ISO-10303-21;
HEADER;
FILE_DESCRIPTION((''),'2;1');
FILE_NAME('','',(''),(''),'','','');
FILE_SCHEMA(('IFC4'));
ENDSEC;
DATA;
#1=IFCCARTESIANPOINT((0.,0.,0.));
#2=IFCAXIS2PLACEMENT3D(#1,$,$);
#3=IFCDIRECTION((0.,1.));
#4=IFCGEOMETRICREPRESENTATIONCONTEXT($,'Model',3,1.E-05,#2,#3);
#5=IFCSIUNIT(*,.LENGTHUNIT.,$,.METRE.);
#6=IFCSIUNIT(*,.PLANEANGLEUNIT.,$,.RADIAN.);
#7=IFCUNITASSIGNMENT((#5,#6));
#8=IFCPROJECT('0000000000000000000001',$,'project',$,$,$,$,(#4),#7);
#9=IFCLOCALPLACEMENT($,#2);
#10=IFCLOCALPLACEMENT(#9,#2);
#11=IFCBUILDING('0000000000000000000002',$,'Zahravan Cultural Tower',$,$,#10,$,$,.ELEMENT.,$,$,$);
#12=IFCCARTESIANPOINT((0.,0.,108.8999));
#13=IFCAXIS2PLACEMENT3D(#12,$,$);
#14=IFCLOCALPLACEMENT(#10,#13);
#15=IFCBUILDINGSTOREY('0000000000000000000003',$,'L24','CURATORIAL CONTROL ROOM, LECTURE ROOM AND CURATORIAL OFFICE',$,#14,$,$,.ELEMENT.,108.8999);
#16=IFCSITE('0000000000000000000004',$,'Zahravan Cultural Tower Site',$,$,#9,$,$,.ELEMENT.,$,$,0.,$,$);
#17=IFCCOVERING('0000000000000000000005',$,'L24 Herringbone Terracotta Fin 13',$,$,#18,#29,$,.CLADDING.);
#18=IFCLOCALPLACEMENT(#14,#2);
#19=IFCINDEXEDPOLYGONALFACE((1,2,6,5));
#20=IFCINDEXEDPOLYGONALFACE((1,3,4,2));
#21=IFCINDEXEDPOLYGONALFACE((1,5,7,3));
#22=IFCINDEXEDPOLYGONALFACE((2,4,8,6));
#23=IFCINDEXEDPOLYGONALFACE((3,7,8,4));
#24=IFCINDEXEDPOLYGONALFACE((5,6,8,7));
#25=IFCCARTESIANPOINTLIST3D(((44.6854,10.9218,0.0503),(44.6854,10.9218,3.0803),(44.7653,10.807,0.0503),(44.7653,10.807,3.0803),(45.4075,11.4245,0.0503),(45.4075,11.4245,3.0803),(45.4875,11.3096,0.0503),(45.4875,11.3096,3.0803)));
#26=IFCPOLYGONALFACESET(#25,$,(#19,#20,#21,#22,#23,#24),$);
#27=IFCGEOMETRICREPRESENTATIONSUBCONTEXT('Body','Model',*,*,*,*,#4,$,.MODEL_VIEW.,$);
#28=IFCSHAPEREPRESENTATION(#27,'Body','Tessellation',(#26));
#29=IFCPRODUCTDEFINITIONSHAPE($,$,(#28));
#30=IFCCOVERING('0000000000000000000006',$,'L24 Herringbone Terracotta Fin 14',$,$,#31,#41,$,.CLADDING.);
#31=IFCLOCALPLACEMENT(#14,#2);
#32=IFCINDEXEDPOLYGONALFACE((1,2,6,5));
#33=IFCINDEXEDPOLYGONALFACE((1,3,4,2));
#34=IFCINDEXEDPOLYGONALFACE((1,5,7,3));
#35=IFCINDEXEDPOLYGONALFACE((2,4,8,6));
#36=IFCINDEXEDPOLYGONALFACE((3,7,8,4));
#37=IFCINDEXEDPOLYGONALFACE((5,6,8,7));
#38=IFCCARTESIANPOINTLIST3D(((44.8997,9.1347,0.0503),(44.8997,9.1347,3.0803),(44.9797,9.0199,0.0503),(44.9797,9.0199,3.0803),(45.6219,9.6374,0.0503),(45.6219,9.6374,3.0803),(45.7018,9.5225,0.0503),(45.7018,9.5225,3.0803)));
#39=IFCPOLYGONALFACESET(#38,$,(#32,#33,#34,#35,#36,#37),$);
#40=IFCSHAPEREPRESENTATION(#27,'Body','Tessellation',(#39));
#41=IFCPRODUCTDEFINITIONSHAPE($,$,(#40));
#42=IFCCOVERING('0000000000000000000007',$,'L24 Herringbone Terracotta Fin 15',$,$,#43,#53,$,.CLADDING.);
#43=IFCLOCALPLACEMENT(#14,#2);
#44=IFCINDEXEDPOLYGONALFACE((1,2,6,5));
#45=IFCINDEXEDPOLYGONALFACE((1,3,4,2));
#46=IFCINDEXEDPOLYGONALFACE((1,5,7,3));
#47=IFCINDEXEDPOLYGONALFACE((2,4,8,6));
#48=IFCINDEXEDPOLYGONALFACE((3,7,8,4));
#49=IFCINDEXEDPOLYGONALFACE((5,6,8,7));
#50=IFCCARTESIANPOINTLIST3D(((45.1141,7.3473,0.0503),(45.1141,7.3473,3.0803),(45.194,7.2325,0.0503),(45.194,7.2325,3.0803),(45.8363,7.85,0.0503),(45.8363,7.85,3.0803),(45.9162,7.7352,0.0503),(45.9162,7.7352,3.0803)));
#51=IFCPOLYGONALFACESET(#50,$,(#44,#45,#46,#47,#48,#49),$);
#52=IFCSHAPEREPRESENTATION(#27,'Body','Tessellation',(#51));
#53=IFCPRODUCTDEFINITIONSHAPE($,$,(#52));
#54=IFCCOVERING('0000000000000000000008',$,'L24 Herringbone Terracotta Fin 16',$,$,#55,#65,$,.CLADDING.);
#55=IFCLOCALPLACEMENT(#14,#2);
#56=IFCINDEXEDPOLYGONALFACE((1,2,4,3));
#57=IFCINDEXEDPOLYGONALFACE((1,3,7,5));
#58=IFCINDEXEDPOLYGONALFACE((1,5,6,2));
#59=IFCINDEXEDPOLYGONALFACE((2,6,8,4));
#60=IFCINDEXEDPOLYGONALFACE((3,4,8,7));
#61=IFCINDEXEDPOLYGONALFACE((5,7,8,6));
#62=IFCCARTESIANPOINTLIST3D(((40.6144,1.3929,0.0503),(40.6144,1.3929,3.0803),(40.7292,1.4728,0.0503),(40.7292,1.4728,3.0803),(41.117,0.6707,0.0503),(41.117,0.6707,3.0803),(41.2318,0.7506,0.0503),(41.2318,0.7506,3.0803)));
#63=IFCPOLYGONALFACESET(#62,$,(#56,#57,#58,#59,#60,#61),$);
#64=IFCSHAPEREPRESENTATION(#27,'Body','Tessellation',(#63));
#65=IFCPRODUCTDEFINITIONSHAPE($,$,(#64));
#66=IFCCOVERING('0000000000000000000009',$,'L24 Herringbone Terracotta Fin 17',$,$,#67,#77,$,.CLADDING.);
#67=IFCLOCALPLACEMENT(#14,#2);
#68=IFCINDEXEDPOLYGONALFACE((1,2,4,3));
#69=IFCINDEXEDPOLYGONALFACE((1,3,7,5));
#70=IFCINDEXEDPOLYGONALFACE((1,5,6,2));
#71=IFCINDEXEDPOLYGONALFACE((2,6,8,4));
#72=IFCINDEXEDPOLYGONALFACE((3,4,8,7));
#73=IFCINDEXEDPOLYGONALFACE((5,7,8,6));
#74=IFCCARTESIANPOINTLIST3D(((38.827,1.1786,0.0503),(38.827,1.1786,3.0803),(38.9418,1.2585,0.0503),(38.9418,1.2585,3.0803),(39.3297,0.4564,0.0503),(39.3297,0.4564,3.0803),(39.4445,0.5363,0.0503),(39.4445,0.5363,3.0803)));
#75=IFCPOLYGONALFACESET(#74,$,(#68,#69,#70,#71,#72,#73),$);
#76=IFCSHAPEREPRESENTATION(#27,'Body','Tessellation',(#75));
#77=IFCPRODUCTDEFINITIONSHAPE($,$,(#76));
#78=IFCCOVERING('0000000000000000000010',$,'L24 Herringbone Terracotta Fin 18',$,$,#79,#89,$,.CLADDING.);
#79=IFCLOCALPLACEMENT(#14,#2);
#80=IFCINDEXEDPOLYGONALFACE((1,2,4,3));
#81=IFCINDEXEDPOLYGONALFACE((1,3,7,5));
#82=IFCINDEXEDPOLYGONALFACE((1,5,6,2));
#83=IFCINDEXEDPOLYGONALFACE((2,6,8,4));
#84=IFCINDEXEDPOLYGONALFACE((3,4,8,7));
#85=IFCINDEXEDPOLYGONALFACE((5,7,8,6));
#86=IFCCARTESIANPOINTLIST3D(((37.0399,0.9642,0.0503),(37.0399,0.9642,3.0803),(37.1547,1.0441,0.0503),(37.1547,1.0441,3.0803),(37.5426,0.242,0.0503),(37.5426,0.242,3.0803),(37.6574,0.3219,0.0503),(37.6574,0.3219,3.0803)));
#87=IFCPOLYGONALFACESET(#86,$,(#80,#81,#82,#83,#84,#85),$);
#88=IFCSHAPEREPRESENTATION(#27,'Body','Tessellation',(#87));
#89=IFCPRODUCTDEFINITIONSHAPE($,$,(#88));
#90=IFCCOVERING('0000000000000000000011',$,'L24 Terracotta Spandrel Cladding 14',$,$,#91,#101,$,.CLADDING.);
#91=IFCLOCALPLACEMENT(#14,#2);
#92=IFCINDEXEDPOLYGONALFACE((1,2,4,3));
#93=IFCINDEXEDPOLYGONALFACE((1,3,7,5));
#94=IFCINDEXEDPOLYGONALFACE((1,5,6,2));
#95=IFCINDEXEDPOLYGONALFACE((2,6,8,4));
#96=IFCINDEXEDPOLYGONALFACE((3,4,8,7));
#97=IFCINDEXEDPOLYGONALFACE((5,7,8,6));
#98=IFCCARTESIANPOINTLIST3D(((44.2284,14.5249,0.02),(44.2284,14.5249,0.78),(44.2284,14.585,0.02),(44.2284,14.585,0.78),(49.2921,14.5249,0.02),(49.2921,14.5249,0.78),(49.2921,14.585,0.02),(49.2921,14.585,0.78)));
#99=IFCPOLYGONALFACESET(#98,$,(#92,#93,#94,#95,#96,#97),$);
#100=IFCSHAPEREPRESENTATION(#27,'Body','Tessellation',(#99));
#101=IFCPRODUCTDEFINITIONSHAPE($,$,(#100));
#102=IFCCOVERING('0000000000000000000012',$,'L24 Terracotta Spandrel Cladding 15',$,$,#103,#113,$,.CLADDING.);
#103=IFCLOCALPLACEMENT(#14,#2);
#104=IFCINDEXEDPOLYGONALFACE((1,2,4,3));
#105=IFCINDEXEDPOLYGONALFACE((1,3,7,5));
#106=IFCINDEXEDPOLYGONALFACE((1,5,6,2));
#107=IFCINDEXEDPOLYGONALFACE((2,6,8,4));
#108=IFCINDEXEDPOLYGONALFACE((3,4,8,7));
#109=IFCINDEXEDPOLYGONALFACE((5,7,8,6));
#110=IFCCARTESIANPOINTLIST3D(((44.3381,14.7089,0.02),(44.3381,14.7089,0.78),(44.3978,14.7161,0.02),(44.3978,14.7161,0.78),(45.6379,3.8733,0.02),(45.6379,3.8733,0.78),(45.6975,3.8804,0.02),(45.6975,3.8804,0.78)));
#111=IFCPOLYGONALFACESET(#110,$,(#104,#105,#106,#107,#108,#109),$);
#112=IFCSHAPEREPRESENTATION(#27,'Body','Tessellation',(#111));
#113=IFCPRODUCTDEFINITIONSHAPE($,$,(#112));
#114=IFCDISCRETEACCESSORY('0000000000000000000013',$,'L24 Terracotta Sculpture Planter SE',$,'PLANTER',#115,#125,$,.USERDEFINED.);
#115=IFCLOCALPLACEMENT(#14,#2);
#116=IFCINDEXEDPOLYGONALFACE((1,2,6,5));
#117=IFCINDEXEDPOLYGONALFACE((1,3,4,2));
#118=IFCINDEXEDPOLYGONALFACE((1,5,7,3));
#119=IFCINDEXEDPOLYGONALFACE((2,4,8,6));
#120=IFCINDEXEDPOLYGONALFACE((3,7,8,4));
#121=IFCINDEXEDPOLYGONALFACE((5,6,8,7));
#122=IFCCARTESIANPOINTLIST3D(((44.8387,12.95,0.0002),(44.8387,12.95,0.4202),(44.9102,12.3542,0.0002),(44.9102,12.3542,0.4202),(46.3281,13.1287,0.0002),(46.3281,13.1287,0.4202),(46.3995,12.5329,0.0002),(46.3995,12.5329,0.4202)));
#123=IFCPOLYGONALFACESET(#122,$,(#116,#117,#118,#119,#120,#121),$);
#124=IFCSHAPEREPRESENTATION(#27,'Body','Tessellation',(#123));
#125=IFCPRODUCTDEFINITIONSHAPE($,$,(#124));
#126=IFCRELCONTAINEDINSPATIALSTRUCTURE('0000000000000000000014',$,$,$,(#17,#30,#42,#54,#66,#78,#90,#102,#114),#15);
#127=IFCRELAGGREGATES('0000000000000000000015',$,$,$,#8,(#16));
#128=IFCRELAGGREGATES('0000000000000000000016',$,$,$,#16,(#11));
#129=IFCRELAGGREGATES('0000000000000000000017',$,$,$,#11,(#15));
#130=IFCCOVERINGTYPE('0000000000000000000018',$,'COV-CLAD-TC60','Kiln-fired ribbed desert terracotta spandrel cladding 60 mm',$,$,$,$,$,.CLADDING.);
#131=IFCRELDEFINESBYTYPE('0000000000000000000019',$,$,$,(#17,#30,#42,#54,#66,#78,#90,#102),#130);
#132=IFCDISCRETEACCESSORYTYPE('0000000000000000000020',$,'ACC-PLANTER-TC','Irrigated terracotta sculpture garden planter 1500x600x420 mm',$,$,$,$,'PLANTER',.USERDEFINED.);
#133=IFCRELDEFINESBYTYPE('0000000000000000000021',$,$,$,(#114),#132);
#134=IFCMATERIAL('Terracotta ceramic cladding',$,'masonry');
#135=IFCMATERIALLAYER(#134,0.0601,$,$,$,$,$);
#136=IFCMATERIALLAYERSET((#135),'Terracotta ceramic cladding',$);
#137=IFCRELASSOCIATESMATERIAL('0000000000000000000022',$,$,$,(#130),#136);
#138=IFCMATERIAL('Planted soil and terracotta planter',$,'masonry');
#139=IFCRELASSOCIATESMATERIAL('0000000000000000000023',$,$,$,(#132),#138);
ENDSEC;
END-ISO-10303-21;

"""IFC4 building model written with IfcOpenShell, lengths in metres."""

from ifc_helpers import new_model, si_unit, direction, frame, origin, origin_2d, place, context, subcontext, project, spatial, rectangle, extrude, source, transform, mapped, material, layer, layer_set, type_object, element, save


model = new_model("IFC4")

# Units and contexts
model_context = context("Model", 3, precision=1e-05, world=origin(), true_north=direction((0.0, 1.0)))
body_context = subcontext(model_context, "Body", "Model", "MODEL_VIEW")
ifc_project = project(units=[si_unit("LENGTHUNIT", "METRE"), si_unit("PLANEANGLEUNIT", "RADIAN")], contexts=[model_context])

# Site, building, storey
site_placement = place(None, origin())
site = spatial("IfcSite", under=ifc_project, at=site_placement, Name="Zahravan Cultural Tower Site", CompositionType="ELEMENT", RefElevation=0.0)
building_placement = place(site_placement, origin())
building = spatial("IfcBuilding", under=site, at=building_placement, Name="Zahravan Cultural Tower", CompositionType="ELEMENT")
storey_placement = place(building_placement, frame((0.0, 0.0, 108.8999)))
storey = spatial("IfcBuildingStorey", under=building, at=storey_placement, Name="L24", Description="CURATORIAL CONTROL ROOM, LECTURE ROOM AND CURATORIAL OFFICE", CompositionType="ELEMENT", Elevation=108.8999)

# Coverings
ifc_material_1 = material(Name="Terracotta ceramic cladding", Category="masonry")
ifc_layer_1 = layer(ifc_material_1, 0.0601)
ifc_layer_set_1 = layer_set([ifc_layer_1], Name="Terracotta ceramic cladding")
covering_type = type_object("IfcCoveringType", Name="COV-CLAD-TC60", Description="Kiln-fired ribbed desert terracotta spandrel cladding 60 mm", PredefinedType="CLADDING", material=ifc_layer_set_1)
shared_shape_1 = source(origin(), body_context, "Body", "SweptSolid", [
    extrude(rectangle(XDim=0.8799, YDim=0.1399, at=origin_2d()), origin(), (0.0, 0.0, 1.0), 3.03),
])
for number, where, z_axis, x_axis, name in (
    (1, (45.0864, 11.1157, 0.0503), (0.0, 0.0, 1.0), (0.820751, 0.571287, 0.0), "L24 Herringbone Terracotta Fin 13"),
    (2, (45.3008, 9.3286, 0.0503), (0.0, 0.0, 1.0), (0.820751, 0.571287, 0.0), "L24 Herringbone Terracotta Fin 14"),
    (3, (45.5151, 7.5413, 0.0503), (0.0, 0.0, 1.0), (0.820751, 0.571287, 0.0), "L24 Herringbone Terracotta Fin 15"),
    (4, (40.9231, 1.0718, 0.0503), (0.0, 0.0, 1.0), (0.571272, -0.820761, 0.0), "L24 Herringbone Terracotta Fin 16"),
    (5, (39.1357, 0.8574, 0.0503), (0.0, 0.0, 1.0), (0.571272, -0.820761, 0.0), "L24 Herringbone Terracotta Fin 17"),
    (6, (37.3486, 0.6431, 0.0503), (0.0, 0.0, 1.0), (0.571272, -0.820761, 0.0), "L24 Herringbone Terracotta Fin 18"),
):
    element("IfcCovering", number, at=place(storey_placement, frame(where, z_axis=z_axis, x_axis=x_axis)), inside=storey, type_object=covering_type, Name=name, PredefinedType="CLADDING", context=body_context, shape_type="MappedRepresentation", body=[
        mapped(shared_shape_1, transform((0.0, 0.0, 0.0), x_axis=(1.0, 0.0, 0.0), y_axis=(0.0, 1.0, 0.0), z_axis=(0.0, 0.0, 1.0), scale=1.0)),
    ])
shared_shape_2 = source(origin(), body_context, "Body", "SweptSolid", [
    extrude(rectangle(XDim=5.0637, YDim=0.0601, at=origin_2d()), origin(), (0.0, 0.0, 1.0), 0.76),
])
covering_1_placement = place(storey_placement, frame((46.7603, 14.5549, 0.02), z_axis=(0.0, 0.0, 1.0), x_axis=(-1.0, 0.0, 0.0)))
element("IfcCovering", 7, at=covering_1_placement, inside=storey, type_object=covering_type, Name="L24 Terracotta Spandrel Cladding 14", PredefinedType="CLADDING", context=body_context, shape_type="MappedRepresentation", body=[
    mapped(shared_shape_2, transform((0.0, 0.0, 0.0), x_axis=(1.0, 0.0, 0.0), y_axis=(0.0, 1.0, 0.0), z_axis=(0.0, 0.0, 1.0), scale=1.0)),
])
shared_shape_3 = source(origin(), body_context, "Body", "SweptSolid", [
    extrude(rectangle(XDim=10.9133, YDim=0.0601, at=origin_2d()), origin(), (0.0, 0.0, 1.0), 0.76),
])
covering_2_placement = place(storey_placement, frame((45.0178, 9.2947, 0.02), z_axis=(0.0, 0.0, 1.0), x_axis=(0.119097, -0.992883, 0.0)))
element("IfcCovering", 8, at=covering_2_placement, inside=storey, type_object=covering_type, Name="L24 Terracotta Spandrel Cladding 15", PredefinedType="CLADDING", context=body_context, shape_type="MappedRepresentation", body=[
    mapped(shared_shape_3, transform((0.0, 0.0, 0.0), x_axis=(1.0, 0.0, 0.0), y_axis=(0.0, 1.0, 0.0), z_axis=(0.0, 0.0, 1.0), scale=1.0)),
])

# Discrete accessory
ifc_material_2 = material(Name="Planted soil and terracotta planter", Category="masonry")
discrete_accessory_type = type_object("IfcDiscreteAccessoryType", Name="ACC-PLANTER-TC", Description="Irrigated terracotta sculpture garden planter 1500x600x420 mm", ElementType="PLANTER", PredefinedType="USERDEFINED", material=ifc_material_2)
shared_shape_4 = source(origin(), body_context, "Body", "SweptSolid", [
    extrude(rectangle(XDim=1.5, YDim=0.6001, at=origin_2d()), origin(), (0.0, 0.0, 1.0), 0.4199),
])
discrete_accessory_placement = place(storey_placement, frame((45.6191, 12.7415, 0.0002), z_axis=(0.0, 0.0, 1.0), x_axis=(0.992883, 0.119097, 0.0)))
element("IfcDiscreteAccessory", 9, at=discrete_accessory_placement, inside=storey, type_object=discrete_accessory_type, Name="L24 Terracotta Sculpture Planter SE", ObjectType="PLANTER", PredefinedType="USERDEFINED", context=body_context, shape_type="MappedRepresentation", body=[
    mapped(shared_shape_4, transform((0.0, 0.0, 0.0), x_axis=(1.0, 0.0, 0.0), y_axis=(0.0, 1.0, 0.0), z_axis=(0.0, 0.0, 1.0), scale=1.0)),
])

save(model, "model.ifc")
